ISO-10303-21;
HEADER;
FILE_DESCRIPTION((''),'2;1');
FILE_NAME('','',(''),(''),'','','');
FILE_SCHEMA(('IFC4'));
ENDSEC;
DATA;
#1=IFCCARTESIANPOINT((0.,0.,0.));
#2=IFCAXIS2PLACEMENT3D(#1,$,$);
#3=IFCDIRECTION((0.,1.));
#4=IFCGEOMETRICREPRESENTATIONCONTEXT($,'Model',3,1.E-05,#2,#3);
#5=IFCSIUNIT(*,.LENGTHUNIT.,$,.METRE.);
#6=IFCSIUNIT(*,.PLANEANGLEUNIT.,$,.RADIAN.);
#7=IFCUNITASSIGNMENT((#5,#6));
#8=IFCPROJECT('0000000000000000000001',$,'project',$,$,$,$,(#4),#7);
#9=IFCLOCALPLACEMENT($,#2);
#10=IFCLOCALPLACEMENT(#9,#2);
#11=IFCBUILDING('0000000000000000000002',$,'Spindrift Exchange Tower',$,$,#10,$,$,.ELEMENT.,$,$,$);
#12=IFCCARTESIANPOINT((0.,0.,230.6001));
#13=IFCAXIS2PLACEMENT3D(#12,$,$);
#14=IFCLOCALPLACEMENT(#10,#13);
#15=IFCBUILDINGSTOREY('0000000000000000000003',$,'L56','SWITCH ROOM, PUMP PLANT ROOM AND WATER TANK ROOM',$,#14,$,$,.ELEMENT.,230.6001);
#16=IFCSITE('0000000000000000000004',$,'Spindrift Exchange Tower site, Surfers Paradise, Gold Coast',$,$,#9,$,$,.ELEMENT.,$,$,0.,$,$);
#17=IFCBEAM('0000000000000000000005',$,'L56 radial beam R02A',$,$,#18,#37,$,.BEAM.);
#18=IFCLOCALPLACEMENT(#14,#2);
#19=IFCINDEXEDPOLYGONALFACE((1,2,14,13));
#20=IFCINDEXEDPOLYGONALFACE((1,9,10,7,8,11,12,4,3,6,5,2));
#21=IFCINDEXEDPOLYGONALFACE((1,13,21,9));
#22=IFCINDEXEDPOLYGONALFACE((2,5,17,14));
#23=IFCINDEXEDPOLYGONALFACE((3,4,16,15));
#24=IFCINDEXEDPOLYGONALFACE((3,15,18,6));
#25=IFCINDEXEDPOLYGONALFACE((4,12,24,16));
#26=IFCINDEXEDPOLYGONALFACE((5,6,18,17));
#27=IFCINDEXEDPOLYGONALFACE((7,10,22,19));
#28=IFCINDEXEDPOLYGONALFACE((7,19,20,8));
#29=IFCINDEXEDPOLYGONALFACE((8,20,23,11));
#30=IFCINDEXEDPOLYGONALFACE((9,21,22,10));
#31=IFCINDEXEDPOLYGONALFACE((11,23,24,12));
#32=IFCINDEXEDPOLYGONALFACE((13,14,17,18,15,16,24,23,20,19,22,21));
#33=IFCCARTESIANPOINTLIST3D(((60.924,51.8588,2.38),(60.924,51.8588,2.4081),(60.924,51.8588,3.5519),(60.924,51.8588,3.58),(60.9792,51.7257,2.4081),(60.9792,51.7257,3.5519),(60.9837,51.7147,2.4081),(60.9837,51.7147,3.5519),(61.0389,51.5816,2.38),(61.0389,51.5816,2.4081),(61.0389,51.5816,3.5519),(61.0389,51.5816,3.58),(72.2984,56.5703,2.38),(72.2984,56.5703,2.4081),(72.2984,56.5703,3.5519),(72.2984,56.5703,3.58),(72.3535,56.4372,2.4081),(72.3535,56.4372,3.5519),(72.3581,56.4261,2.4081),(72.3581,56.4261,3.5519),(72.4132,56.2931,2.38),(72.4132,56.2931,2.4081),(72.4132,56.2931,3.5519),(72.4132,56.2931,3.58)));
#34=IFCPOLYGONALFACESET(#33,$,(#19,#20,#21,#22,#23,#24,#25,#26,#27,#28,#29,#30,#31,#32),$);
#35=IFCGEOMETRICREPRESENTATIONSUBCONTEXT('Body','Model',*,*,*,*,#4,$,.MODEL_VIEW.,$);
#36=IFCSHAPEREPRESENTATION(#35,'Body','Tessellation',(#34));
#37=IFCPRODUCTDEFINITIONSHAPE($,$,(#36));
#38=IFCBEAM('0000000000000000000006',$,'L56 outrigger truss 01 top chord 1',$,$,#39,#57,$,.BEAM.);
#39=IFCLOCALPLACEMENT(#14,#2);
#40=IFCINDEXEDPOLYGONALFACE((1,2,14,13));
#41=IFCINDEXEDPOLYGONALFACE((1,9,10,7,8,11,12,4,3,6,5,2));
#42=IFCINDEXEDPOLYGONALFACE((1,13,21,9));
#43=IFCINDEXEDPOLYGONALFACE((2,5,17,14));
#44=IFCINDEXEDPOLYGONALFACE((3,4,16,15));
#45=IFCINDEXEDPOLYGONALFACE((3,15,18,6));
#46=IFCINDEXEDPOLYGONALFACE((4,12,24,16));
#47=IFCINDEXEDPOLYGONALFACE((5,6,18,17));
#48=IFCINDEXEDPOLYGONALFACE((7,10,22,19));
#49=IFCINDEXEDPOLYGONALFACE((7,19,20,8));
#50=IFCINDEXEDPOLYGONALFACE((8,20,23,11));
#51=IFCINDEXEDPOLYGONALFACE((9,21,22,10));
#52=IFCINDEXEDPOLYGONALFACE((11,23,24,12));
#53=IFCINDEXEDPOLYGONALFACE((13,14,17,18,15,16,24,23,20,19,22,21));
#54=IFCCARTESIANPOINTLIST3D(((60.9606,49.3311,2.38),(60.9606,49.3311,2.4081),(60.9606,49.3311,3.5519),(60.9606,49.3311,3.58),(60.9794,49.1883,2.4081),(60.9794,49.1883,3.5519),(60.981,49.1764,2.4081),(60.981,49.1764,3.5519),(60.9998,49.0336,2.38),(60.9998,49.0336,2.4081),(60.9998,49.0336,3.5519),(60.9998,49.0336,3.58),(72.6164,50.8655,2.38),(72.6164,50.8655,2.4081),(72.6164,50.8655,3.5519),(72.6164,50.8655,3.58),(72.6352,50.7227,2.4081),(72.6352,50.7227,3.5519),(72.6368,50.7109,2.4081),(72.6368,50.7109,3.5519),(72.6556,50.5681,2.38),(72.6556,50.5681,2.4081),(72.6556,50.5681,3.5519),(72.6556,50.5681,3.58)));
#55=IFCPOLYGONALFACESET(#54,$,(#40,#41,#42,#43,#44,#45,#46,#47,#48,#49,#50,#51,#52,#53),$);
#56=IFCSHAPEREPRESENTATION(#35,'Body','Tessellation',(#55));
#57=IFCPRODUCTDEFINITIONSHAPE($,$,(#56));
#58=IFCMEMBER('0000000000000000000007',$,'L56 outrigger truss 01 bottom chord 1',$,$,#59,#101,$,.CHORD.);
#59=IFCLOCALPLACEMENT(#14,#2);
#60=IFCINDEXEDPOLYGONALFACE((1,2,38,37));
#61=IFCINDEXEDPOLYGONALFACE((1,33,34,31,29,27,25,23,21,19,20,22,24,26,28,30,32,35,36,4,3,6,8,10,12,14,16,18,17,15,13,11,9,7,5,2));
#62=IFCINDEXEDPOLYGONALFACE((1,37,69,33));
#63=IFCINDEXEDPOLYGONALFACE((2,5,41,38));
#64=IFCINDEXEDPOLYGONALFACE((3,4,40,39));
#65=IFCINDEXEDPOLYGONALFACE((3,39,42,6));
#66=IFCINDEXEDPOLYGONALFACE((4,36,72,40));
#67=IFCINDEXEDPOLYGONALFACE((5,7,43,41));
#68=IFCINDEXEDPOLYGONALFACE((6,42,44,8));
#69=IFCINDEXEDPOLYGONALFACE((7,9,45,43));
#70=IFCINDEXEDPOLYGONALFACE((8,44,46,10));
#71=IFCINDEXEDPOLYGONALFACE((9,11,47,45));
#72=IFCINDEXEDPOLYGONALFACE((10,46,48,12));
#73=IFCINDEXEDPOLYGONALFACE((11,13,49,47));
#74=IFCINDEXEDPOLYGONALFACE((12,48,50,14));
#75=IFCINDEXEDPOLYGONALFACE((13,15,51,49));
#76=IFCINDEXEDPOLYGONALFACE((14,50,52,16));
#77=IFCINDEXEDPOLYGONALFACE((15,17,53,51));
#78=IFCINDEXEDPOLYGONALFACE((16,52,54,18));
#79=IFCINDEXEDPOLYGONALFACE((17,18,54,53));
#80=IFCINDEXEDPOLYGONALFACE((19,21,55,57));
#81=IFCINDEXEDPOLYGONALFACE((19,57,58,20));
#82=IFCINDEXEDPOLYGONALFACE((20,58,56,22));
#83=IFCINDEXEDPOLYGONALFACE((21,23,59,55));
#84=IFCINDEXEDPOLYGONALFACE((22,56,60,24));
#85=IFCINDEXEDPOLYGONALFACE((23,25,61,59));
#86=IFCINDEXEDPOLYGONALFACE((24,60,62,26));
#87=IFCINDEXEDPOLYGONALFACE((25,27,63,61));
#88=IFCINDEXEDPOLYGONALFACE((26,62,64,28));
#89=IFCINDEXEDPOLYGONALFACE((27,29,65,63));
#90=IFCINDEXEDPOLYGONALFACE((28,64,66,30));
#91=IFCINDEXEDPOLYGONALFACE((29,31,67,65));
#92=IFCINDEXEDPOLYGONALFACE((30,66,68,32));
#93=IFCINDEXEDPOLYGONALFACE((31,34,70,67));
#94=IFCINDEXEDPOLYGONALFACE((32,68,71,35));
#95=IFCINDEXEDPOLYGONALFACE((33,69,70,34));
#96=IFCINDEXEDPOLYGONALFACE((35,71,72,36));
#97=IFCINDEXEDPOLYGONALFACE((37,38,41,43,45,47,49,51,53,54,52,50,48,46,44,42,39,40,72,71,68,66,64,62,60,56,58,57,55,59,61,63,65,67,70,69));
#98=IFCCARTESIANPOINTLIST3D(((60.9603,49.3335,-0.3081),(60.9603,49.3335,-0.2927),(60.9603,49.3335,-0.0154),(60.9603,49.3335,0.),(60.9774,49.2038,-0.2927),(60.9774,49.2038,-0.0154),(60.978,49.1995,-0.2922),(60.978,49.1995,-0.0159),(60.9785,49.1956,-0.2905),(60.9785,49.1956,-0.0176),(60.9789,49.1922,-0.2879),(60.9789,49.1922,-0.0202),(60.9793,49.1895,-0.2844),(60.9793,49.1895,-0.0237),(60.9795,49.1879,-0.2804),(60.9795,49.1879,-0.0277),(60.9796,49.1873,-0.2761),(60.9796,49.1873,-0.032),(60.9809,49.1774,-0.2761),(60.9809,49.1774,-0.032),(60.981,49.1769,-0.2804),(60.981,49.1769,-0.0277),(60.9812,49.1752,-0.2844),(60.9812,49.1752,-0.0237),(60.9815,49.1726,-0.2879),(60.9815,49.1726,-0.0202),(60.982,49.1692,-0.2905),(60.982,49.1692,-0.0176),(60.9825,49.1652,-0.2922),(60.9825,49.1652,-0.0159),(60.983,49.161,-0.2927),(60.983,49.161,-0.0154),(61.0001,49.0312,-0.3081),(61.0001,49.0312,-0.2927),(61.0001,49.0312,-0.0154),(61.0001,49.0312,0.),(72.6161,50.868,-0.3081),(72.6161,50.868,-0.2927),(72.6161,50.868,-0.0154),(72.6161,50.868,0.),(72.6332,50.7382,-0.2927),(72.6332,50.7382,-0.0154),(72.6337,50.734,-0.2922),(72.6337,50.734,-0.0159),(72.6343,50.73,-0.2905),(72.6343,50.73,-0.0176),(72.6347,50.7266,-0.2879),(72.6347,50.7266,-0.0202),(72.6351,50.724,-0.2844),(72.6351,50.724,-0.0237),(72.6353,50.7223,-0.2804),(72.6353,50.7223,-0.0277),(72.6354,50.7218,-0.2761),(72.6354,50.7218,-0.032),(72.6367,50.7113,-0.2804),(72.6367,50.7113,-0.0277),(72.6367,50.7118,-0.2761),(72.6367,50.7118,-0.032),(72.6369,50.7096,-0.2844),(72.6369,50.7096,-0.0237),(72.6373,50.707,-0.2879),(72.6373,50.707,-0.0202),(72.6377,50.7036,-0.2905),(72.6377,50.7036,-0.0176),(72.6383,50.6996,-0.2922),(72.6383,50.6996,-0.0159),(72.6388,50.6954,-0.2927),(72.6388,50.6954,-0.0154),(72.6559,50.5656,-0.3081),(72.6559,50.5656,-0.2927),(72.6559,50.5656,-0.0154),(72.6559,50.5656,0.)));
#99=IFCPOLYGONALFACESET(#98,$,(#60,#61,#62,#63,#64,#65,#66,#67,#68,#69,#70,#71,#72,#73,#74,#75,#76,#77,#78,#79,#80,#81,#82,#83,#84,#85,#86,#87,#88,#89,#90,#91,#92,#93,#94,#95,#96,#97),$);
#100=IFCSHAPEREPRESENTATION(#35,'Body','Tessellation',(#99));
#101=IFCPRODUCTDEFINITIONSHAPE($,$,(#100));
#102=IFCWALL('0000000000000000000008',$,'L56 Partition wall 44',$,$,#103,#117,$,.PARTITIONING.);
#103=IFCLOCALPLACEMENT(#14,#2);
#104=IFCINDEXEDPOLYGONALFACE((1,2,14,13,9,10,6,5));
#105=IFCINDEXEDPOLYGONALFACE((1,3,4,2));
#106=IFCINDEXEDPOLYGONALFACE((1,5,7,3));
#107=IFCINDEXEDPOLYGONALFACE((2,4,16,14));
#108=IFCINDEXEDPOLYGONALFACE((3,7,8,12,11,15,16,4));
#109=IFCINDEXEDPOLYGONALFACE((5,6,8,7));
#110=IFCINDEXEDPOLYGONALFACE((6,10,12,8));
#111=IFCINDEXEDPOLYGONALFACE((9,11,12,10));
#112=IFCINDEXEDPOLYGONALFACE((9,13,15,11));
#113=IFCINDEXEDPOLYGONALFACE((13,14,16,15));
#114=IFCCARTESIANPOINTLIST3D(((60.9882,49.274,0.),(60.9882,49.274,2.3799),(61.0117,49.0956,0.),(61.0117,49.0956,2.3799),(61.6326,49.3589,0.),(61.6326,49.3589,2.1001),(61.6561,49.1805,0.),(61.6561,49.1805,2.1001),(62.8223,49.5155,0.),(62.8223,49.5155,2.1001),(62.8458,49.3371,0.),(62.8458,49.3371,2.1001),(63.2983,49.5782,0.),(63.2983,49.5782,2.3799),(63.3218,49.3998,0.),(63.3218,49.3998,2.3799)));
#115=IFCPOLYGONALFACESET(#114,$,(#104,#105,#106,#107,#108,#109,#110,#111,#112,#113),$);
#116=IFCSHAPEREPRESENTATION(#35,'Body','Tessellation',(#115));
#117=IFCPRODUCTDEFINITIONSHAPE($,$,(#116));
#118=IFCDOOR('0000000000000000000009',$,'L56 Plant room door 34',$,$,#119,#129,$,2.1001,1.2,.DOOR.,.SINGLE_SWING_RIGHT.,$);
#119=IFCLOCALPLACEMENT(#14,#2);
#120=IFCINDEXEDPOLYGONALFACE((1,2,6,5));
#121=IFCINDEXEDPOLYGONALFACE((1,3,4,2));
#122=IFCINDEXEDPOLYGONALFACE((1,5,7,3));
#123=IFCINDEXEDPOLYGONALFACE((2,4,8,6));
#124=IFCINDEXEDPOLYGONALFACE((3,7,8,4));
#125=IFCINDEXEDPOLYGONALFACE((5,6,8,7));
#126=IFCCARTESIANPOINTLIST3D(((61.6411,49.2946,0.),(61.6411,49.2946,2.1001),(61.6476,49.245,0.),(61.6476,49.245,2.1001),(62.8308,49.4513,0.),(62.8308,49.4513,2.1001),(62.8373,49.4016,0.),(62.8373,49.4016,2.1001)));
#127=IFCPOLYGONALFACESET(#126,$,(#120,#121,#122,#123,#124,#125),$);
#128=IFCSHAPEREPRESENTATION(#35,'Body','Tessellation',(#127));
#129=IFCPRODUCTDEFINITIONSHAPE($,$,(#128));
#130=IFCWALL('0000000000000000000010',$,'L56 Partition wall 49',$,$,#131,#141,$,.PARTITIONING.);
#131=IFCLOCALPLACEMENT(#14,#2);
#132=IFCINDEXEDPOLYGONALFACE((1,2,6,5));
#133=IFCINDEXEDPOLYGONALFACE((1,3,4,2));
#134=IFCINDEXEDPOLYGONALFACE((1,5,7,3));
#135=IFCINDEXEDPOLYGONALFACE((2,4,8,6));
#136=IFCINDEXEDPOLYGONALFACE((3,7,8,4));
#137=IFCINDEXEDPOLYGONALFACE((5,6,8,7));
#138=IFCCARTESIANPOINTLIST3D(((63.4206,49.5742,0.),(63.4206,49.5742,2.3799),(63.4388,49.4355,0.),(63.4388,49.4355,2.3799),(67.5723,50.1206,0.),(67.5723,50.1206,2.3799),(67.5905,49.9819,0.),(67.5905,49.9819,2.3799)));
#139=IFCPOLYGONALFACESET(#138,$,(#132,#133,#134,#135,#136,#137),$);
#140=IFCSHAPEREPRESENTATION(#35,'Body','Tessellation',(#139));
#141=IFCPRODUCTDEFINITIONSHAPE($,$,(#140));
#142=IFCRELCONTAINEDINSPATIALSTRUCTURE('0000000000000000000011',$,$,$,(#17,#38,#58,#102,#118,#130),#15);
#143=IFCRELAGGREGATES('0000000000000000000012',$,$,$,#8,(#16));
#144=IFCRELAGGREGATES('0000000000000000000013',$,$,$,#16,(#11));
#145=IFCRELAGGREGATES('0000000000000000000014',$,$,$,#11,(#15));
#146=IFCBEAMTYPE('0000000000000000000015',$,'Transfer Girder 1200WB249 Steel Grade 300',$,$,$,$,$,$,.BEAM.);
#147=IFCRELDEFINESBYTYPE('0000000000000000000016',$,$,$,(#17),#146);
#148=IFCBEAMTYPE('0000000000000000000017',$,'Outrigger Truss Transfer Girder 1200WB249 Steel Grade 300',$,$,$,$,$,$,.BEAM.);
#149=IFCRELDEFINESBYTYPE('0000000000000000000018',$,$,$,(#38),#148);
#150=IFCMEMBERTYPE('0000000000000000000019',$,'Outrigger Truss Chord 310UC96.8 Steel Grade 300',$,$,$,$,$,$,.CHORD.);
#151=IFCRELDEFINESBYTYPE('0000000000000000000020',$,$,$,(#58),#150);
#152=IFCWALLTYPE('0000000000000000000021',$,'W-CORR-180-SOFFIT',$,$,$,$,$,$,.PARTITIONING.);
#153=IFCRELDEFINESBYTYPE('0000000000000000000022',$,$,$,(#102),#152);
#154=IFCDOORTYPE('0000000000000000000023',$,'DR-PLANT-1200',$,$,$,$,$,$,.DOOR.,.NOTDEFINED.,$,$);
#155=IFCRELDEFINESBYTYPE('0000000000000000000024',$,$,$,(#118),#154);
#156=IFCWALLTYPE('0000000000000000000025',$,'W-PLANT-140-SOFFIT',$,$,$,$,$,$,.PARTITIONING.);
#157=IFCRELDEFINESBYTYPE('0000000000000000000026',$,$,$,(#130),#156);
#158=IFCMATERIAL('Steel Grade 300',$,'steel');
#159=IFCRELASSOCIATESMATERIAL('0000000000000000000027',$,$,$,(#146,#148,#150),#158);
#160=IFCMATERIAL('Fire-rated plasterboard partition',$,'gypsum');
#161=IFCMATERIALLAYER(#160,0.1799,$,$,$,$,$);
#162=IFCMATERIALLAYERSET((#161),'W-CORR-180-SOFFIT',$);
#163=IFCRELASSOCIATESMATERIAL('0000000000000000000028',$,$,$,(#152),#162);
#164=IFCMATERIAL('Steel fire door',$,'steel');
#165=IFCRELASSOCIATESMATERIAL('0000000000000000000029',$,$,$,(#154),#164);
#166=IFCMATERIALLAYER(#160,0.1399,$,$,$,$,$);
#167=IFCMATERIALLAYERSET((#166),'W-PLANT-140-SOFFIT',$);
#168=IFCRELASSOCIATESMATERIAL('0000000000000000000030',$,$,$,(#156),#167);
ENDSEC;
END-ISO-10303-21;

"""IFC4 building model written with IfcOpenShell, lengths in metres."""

from ifc_helpers import new_model, si_unit, direction, frame, frame_2d, origin, origin_2d, place, context, subcontext, project, spatial, rectangle, i_section, extrude, source, transform, mapped, material, layer, layer_set, material_profile, profile_set, type_object, element, fill, save


model = new_model("IFC4")

# Units and contexts
model_context = context("Model", 3, precision=1e-05, world=origin(), true_north=direction((0.0, 1.0)))
body_context = subcontext(model_context, "Body", "Model", "MODEL_VIEW")
ifc_project = project(units=[si_unit("LENGTHUNIT", "METRE"), si_unit("PLANEANGLEUNIT", "RADIAN")], contexts=[model_context])

# Site, building, storey
site_placement = place(None, origin())
site = spatial("IfcSite", under=ifc_project, at=site_placement, Name="Spindrift Exchange Tower site, Surfers Paradise, Gold Coast", CompositionType="ELEMENT", RefElevation=0.0)
building_placement = place(site_placement, origin())
building = spatial("IfcBuilding", under=site, at=building_placement, Name="Spindrift Exchange Tower", CompositionType="ELEMENT")
storey_placement = place(building_placement, frame((0.0, 0.0, 230.6001)))
storey = spatial("IfcBuildingStorey", under=building, at=storey_placement, Name="L56", Description="SWITCH ROOM, PUMP PLANT ROOM AND WATER TANK ROOM", CompositionType="ELEMENT", Elevation=230.6001)

# Beams
ifc_material_1 = material(Name="Steel Grade 300", Category="steel")
ifc_material_profile_1 = material_profile(ifc_material_1, i_section(OverallWidth=0.3, OverallDepth=1.2, WebThickness=0.012, FlangeThickness=0.0281, at=origin_2d()), Name="1200WB249")
ifc_profile_set_1 = profile_set([ifc_material_profile_1], Name="Steel Grade 300")
beam_type_1 = type_object("IfcBeamType", Name="Transfer Girder 1200WB249 Steel Grade 300", PredefinedType="BEAM", material=ifc_profile_set_1)
shared_shape_1 = source(origin(), body_context, "Body", "SweptSolid", [
    extrude(i_section(OverallWidth=0.3, OverallDepth=1.2, WebThickness=0.012, FlangeThickness=0.0281, at=origin_2d()), origin(), (0.0, 0.0, 1.0), 12.3115),
])
beam_1_placement = place(storey_placement, frame((60.9814, 51.7202, 2.98), z_axis=(0.923878, 0.382687, 0.0), x_axis=(-0.382687, 0.923878, 0.0)))
element("IfcBeam", 1, at=beam_1_placement, inside=storey, type_object=beam_type_1, Name="L56 radial beam R02A", PredefinedType="BEAM", context=body_context, shape_type="MappedRepresentation", body=[
    mapped(shared_shape_1, transform((0.0, 0.0, 0.0), scale=1.0)),
])
ifc_material_profile_2 = material_profile(ifc_material_1, i_section(OverallWidth=0.3, OverallDepth=1.2, WebThickness=0.012, FlangeThickness=0.0281, at=origin_2d()), Name="1200WB249")
ifc_profile_set_2 = profile_set([ifc_material_profile_2], Name="Steel Grade 300")
beam_type_2 = type_object("IfcBeamType", Name="Outrigger Truss Transfer Girder 1200WB249 Steel Grade 300", PredefinedType="BEAM", material=ifc_profile_set_2)
shared_shape_2 = source(origin(), body_context, "Body", "SweptSolid", [
    extrude(i_section(OverallWidth=0.3, OverallDepth=1.2, WebThickness=0.012, FlangeThickness=0.0281, at=origin_2d()), origin(), (0.0, 0.0, 1.0), 11.7563),
])
beam_2_placement = place(storey_placement, frame((60.9802, 49.1824, 2.98), z_axis=(0.991446, 0.130519, 0.0), x_axis=(-0.130519, 0.991446, 0.0)))
element("IfcBeam", 2, at=beam_2_placement, inside=storey, type_object=beam_type_2, Name="L56 outrigger truss 01 top chord 1", PredefinedType="BEAM", context=body_context, shape_type="MappedRepresentation", body=[
    mapped(shared_shape_2, transform((0.0, 0.0, 0.0), scale=1.0)),
])

# Member
ifc_material_profile_3 = material_profile(ifc_material_1, i_section(OverallWidth=0.3049, OverallDepth=0.3081, WebThickness=0.01, FlangeThickness=0.0154, FilletRadius=0.0166, at=origin_2d()), Name="310UC96.8")
ifc_profile_set_3 = profile_set([ifc_material_profile_3], Name="Steel Grade 300")
member_type = type_object("IfcMemberType", Name="Outrigger Truss Chord 310UC96.8 Steel Grade 300", PredefinedType="CHORD", material=ifc_profile_set_3)
shared_shape_3 = source(origin(), body_context, "Body", "SweptSolid", [
    extrude(i_section(OverallWidth=0.3049, OverallDepth=0.3081, WebThickness=0.01, FlangeThickness=0.0154, FilletRadius=0.0166, at=origin_2d()), origin(), (0.0, 0.0, 1.0), 11.7563),
])
member_placement = place(storey_placement, frame((60.9802, 49.1824, -0.1541), z_axis=(0.991446, 0.130519, 0.0), x_axis=(-0.130519, 0.991446, 0.0)))
element("IfcMember", 3, at=member_placement, inside=storey, type_object=member_type, Name="L56 outrigger truss 01 bottom chord 1", PredefinedType="CHORD", context=body_context, shape_type="MappedRepresentation", body=[
    mapped(shared_shape_3, transform((0.0, 0.0, 0.0), scale=1.0)),
])

# Wall, opening, door
ifc_material_2 = material(Name="Fire-rated plasterboard partition", Category="gypsum")
ifc_layer_1 = layer(ifc_material_2, 0.1799)
ifc_layer_set_1 = layer_set([ifc_layer_1], Name="W-CORR-180-SOFFIT")
wall_type_1 = type_object("IfcWallType", Name="W-CORR-180-SOFFIT", PredefinedType="PARTITIONING", material=ifc_layer_set_1)
wall_1_placement = place(storey_placement, frame((63.3101, 49.489, 0.0), z_axis=(0.0, 0.0, 1.0), x_axis=(-0.991441, -0.130558, 0.0)))
wall_1 = element("IfcWall", 4, at=wall_1_placement, inside=storey, type_object=wall_type_1, Name="L56 Partition wall 44", PredefinedType="PARTITIONING", context=body_context, shape_type="SweptSolid", body=[
    extrude(rectangle(XDim=2.3301, YDim=0.1799, at=frame_2d((1.165, 0.0))), origin(), (0.0, 0.0, 1.0), 2.3799),
])
opening_1_placement = place(wall_1_placement, frame((0.48, 0.0, 0.0)))
opening_1 = element("IfcOpeningElement", 5, at=opening_1_placement, cuts=wall_1, PredefinedType="OPENING", context=body_context, shape_type="SweptSolid", body=[
    extrude(rectangle(XDim=1.2, YDim=2.1001, at=frame_2d((0.6001, 1.05))), frame((0.0, 0.0999, 0.0), z_axis=(0.0, -1.0, 0.0), x_axis=(1.0, 0.0, 0.0)), (0.0, 0.0, 1.0), 0.2),
])
ifc_material_3 = material(Name="Steel fire door", Category="steel")
door_type_1 = type_object("IfcDoorType", Name="DR-PLANT-1200", OperationType="NOTDEFINED", PredefinedType="DOOR", material=ifc_material_3)
shared_shape_4 = source(origin(), body_context, "Body", "SweptSolid", [
    extrude(rectangle(XDim=1.2, YDim=2.1001, at=frame_2d((0.6001, 1.05))), frame((0.0, 0.0249, 0.0), z_axis=(0.0, -1.0, 0.0), x_axis=(1.0, 0.0, 0.0)), (0.0, 0.0, 1.0), 0.05),
])
door_1_placement = place(opening_1_placement, origin())
door_1 = element("IfcDoor", 6, at=door_1_placement, inside=storey, type_object=door_type_1, Name="L56 Plant room door 34", OperationType="SINGLE_SWING_RIGHT", OverallHeight=2.1001, OverallWidth=1.2, PredefinedType="DOOR", context=body_context, shape_type="MappedRepresentation", body=[
    mapped(shared_shape_4, transform((0.0, 0.0, 0.0), scale=1.0)),
])
fill(opening_1, door_1)

# Wall
ifc_layer_2 = layer(ifc_material_2, 0.1399)
ifc_layer_set_2 = layer_set([ifc_layer_2], Name="W-PLANT-140-SOFFIT")
wall_type_2 = type_object("IfcWallType", Name="W-PLANT-140-SOFFIT", PredefinedType="PARTITIONING", material=ifc_layer_set_2)
wall_2_placement = place(storey_placement, frame((63.4297, 49.5049, 0.0), z_axis=(0.0, 0.0, 1.0), x_axis=(0.991451, 0.130483, 0.0)))
element("IfcWall", 7, at=wall_2_placement, inside=storey, type_object=wall_type_2, Name="L56 Partition wall 49", PredefinedType="PARTITIONING", context=body_context, shape_type="SweptSolid", body=[
    extrude(rectangle(XDim=4.1875, YDim=0.1399, at=frame_2d((2.0938, 0.0))), origin(), (0.0, 0.0, 1.0), 2.3799),
])

save(model, "model.ifc")
